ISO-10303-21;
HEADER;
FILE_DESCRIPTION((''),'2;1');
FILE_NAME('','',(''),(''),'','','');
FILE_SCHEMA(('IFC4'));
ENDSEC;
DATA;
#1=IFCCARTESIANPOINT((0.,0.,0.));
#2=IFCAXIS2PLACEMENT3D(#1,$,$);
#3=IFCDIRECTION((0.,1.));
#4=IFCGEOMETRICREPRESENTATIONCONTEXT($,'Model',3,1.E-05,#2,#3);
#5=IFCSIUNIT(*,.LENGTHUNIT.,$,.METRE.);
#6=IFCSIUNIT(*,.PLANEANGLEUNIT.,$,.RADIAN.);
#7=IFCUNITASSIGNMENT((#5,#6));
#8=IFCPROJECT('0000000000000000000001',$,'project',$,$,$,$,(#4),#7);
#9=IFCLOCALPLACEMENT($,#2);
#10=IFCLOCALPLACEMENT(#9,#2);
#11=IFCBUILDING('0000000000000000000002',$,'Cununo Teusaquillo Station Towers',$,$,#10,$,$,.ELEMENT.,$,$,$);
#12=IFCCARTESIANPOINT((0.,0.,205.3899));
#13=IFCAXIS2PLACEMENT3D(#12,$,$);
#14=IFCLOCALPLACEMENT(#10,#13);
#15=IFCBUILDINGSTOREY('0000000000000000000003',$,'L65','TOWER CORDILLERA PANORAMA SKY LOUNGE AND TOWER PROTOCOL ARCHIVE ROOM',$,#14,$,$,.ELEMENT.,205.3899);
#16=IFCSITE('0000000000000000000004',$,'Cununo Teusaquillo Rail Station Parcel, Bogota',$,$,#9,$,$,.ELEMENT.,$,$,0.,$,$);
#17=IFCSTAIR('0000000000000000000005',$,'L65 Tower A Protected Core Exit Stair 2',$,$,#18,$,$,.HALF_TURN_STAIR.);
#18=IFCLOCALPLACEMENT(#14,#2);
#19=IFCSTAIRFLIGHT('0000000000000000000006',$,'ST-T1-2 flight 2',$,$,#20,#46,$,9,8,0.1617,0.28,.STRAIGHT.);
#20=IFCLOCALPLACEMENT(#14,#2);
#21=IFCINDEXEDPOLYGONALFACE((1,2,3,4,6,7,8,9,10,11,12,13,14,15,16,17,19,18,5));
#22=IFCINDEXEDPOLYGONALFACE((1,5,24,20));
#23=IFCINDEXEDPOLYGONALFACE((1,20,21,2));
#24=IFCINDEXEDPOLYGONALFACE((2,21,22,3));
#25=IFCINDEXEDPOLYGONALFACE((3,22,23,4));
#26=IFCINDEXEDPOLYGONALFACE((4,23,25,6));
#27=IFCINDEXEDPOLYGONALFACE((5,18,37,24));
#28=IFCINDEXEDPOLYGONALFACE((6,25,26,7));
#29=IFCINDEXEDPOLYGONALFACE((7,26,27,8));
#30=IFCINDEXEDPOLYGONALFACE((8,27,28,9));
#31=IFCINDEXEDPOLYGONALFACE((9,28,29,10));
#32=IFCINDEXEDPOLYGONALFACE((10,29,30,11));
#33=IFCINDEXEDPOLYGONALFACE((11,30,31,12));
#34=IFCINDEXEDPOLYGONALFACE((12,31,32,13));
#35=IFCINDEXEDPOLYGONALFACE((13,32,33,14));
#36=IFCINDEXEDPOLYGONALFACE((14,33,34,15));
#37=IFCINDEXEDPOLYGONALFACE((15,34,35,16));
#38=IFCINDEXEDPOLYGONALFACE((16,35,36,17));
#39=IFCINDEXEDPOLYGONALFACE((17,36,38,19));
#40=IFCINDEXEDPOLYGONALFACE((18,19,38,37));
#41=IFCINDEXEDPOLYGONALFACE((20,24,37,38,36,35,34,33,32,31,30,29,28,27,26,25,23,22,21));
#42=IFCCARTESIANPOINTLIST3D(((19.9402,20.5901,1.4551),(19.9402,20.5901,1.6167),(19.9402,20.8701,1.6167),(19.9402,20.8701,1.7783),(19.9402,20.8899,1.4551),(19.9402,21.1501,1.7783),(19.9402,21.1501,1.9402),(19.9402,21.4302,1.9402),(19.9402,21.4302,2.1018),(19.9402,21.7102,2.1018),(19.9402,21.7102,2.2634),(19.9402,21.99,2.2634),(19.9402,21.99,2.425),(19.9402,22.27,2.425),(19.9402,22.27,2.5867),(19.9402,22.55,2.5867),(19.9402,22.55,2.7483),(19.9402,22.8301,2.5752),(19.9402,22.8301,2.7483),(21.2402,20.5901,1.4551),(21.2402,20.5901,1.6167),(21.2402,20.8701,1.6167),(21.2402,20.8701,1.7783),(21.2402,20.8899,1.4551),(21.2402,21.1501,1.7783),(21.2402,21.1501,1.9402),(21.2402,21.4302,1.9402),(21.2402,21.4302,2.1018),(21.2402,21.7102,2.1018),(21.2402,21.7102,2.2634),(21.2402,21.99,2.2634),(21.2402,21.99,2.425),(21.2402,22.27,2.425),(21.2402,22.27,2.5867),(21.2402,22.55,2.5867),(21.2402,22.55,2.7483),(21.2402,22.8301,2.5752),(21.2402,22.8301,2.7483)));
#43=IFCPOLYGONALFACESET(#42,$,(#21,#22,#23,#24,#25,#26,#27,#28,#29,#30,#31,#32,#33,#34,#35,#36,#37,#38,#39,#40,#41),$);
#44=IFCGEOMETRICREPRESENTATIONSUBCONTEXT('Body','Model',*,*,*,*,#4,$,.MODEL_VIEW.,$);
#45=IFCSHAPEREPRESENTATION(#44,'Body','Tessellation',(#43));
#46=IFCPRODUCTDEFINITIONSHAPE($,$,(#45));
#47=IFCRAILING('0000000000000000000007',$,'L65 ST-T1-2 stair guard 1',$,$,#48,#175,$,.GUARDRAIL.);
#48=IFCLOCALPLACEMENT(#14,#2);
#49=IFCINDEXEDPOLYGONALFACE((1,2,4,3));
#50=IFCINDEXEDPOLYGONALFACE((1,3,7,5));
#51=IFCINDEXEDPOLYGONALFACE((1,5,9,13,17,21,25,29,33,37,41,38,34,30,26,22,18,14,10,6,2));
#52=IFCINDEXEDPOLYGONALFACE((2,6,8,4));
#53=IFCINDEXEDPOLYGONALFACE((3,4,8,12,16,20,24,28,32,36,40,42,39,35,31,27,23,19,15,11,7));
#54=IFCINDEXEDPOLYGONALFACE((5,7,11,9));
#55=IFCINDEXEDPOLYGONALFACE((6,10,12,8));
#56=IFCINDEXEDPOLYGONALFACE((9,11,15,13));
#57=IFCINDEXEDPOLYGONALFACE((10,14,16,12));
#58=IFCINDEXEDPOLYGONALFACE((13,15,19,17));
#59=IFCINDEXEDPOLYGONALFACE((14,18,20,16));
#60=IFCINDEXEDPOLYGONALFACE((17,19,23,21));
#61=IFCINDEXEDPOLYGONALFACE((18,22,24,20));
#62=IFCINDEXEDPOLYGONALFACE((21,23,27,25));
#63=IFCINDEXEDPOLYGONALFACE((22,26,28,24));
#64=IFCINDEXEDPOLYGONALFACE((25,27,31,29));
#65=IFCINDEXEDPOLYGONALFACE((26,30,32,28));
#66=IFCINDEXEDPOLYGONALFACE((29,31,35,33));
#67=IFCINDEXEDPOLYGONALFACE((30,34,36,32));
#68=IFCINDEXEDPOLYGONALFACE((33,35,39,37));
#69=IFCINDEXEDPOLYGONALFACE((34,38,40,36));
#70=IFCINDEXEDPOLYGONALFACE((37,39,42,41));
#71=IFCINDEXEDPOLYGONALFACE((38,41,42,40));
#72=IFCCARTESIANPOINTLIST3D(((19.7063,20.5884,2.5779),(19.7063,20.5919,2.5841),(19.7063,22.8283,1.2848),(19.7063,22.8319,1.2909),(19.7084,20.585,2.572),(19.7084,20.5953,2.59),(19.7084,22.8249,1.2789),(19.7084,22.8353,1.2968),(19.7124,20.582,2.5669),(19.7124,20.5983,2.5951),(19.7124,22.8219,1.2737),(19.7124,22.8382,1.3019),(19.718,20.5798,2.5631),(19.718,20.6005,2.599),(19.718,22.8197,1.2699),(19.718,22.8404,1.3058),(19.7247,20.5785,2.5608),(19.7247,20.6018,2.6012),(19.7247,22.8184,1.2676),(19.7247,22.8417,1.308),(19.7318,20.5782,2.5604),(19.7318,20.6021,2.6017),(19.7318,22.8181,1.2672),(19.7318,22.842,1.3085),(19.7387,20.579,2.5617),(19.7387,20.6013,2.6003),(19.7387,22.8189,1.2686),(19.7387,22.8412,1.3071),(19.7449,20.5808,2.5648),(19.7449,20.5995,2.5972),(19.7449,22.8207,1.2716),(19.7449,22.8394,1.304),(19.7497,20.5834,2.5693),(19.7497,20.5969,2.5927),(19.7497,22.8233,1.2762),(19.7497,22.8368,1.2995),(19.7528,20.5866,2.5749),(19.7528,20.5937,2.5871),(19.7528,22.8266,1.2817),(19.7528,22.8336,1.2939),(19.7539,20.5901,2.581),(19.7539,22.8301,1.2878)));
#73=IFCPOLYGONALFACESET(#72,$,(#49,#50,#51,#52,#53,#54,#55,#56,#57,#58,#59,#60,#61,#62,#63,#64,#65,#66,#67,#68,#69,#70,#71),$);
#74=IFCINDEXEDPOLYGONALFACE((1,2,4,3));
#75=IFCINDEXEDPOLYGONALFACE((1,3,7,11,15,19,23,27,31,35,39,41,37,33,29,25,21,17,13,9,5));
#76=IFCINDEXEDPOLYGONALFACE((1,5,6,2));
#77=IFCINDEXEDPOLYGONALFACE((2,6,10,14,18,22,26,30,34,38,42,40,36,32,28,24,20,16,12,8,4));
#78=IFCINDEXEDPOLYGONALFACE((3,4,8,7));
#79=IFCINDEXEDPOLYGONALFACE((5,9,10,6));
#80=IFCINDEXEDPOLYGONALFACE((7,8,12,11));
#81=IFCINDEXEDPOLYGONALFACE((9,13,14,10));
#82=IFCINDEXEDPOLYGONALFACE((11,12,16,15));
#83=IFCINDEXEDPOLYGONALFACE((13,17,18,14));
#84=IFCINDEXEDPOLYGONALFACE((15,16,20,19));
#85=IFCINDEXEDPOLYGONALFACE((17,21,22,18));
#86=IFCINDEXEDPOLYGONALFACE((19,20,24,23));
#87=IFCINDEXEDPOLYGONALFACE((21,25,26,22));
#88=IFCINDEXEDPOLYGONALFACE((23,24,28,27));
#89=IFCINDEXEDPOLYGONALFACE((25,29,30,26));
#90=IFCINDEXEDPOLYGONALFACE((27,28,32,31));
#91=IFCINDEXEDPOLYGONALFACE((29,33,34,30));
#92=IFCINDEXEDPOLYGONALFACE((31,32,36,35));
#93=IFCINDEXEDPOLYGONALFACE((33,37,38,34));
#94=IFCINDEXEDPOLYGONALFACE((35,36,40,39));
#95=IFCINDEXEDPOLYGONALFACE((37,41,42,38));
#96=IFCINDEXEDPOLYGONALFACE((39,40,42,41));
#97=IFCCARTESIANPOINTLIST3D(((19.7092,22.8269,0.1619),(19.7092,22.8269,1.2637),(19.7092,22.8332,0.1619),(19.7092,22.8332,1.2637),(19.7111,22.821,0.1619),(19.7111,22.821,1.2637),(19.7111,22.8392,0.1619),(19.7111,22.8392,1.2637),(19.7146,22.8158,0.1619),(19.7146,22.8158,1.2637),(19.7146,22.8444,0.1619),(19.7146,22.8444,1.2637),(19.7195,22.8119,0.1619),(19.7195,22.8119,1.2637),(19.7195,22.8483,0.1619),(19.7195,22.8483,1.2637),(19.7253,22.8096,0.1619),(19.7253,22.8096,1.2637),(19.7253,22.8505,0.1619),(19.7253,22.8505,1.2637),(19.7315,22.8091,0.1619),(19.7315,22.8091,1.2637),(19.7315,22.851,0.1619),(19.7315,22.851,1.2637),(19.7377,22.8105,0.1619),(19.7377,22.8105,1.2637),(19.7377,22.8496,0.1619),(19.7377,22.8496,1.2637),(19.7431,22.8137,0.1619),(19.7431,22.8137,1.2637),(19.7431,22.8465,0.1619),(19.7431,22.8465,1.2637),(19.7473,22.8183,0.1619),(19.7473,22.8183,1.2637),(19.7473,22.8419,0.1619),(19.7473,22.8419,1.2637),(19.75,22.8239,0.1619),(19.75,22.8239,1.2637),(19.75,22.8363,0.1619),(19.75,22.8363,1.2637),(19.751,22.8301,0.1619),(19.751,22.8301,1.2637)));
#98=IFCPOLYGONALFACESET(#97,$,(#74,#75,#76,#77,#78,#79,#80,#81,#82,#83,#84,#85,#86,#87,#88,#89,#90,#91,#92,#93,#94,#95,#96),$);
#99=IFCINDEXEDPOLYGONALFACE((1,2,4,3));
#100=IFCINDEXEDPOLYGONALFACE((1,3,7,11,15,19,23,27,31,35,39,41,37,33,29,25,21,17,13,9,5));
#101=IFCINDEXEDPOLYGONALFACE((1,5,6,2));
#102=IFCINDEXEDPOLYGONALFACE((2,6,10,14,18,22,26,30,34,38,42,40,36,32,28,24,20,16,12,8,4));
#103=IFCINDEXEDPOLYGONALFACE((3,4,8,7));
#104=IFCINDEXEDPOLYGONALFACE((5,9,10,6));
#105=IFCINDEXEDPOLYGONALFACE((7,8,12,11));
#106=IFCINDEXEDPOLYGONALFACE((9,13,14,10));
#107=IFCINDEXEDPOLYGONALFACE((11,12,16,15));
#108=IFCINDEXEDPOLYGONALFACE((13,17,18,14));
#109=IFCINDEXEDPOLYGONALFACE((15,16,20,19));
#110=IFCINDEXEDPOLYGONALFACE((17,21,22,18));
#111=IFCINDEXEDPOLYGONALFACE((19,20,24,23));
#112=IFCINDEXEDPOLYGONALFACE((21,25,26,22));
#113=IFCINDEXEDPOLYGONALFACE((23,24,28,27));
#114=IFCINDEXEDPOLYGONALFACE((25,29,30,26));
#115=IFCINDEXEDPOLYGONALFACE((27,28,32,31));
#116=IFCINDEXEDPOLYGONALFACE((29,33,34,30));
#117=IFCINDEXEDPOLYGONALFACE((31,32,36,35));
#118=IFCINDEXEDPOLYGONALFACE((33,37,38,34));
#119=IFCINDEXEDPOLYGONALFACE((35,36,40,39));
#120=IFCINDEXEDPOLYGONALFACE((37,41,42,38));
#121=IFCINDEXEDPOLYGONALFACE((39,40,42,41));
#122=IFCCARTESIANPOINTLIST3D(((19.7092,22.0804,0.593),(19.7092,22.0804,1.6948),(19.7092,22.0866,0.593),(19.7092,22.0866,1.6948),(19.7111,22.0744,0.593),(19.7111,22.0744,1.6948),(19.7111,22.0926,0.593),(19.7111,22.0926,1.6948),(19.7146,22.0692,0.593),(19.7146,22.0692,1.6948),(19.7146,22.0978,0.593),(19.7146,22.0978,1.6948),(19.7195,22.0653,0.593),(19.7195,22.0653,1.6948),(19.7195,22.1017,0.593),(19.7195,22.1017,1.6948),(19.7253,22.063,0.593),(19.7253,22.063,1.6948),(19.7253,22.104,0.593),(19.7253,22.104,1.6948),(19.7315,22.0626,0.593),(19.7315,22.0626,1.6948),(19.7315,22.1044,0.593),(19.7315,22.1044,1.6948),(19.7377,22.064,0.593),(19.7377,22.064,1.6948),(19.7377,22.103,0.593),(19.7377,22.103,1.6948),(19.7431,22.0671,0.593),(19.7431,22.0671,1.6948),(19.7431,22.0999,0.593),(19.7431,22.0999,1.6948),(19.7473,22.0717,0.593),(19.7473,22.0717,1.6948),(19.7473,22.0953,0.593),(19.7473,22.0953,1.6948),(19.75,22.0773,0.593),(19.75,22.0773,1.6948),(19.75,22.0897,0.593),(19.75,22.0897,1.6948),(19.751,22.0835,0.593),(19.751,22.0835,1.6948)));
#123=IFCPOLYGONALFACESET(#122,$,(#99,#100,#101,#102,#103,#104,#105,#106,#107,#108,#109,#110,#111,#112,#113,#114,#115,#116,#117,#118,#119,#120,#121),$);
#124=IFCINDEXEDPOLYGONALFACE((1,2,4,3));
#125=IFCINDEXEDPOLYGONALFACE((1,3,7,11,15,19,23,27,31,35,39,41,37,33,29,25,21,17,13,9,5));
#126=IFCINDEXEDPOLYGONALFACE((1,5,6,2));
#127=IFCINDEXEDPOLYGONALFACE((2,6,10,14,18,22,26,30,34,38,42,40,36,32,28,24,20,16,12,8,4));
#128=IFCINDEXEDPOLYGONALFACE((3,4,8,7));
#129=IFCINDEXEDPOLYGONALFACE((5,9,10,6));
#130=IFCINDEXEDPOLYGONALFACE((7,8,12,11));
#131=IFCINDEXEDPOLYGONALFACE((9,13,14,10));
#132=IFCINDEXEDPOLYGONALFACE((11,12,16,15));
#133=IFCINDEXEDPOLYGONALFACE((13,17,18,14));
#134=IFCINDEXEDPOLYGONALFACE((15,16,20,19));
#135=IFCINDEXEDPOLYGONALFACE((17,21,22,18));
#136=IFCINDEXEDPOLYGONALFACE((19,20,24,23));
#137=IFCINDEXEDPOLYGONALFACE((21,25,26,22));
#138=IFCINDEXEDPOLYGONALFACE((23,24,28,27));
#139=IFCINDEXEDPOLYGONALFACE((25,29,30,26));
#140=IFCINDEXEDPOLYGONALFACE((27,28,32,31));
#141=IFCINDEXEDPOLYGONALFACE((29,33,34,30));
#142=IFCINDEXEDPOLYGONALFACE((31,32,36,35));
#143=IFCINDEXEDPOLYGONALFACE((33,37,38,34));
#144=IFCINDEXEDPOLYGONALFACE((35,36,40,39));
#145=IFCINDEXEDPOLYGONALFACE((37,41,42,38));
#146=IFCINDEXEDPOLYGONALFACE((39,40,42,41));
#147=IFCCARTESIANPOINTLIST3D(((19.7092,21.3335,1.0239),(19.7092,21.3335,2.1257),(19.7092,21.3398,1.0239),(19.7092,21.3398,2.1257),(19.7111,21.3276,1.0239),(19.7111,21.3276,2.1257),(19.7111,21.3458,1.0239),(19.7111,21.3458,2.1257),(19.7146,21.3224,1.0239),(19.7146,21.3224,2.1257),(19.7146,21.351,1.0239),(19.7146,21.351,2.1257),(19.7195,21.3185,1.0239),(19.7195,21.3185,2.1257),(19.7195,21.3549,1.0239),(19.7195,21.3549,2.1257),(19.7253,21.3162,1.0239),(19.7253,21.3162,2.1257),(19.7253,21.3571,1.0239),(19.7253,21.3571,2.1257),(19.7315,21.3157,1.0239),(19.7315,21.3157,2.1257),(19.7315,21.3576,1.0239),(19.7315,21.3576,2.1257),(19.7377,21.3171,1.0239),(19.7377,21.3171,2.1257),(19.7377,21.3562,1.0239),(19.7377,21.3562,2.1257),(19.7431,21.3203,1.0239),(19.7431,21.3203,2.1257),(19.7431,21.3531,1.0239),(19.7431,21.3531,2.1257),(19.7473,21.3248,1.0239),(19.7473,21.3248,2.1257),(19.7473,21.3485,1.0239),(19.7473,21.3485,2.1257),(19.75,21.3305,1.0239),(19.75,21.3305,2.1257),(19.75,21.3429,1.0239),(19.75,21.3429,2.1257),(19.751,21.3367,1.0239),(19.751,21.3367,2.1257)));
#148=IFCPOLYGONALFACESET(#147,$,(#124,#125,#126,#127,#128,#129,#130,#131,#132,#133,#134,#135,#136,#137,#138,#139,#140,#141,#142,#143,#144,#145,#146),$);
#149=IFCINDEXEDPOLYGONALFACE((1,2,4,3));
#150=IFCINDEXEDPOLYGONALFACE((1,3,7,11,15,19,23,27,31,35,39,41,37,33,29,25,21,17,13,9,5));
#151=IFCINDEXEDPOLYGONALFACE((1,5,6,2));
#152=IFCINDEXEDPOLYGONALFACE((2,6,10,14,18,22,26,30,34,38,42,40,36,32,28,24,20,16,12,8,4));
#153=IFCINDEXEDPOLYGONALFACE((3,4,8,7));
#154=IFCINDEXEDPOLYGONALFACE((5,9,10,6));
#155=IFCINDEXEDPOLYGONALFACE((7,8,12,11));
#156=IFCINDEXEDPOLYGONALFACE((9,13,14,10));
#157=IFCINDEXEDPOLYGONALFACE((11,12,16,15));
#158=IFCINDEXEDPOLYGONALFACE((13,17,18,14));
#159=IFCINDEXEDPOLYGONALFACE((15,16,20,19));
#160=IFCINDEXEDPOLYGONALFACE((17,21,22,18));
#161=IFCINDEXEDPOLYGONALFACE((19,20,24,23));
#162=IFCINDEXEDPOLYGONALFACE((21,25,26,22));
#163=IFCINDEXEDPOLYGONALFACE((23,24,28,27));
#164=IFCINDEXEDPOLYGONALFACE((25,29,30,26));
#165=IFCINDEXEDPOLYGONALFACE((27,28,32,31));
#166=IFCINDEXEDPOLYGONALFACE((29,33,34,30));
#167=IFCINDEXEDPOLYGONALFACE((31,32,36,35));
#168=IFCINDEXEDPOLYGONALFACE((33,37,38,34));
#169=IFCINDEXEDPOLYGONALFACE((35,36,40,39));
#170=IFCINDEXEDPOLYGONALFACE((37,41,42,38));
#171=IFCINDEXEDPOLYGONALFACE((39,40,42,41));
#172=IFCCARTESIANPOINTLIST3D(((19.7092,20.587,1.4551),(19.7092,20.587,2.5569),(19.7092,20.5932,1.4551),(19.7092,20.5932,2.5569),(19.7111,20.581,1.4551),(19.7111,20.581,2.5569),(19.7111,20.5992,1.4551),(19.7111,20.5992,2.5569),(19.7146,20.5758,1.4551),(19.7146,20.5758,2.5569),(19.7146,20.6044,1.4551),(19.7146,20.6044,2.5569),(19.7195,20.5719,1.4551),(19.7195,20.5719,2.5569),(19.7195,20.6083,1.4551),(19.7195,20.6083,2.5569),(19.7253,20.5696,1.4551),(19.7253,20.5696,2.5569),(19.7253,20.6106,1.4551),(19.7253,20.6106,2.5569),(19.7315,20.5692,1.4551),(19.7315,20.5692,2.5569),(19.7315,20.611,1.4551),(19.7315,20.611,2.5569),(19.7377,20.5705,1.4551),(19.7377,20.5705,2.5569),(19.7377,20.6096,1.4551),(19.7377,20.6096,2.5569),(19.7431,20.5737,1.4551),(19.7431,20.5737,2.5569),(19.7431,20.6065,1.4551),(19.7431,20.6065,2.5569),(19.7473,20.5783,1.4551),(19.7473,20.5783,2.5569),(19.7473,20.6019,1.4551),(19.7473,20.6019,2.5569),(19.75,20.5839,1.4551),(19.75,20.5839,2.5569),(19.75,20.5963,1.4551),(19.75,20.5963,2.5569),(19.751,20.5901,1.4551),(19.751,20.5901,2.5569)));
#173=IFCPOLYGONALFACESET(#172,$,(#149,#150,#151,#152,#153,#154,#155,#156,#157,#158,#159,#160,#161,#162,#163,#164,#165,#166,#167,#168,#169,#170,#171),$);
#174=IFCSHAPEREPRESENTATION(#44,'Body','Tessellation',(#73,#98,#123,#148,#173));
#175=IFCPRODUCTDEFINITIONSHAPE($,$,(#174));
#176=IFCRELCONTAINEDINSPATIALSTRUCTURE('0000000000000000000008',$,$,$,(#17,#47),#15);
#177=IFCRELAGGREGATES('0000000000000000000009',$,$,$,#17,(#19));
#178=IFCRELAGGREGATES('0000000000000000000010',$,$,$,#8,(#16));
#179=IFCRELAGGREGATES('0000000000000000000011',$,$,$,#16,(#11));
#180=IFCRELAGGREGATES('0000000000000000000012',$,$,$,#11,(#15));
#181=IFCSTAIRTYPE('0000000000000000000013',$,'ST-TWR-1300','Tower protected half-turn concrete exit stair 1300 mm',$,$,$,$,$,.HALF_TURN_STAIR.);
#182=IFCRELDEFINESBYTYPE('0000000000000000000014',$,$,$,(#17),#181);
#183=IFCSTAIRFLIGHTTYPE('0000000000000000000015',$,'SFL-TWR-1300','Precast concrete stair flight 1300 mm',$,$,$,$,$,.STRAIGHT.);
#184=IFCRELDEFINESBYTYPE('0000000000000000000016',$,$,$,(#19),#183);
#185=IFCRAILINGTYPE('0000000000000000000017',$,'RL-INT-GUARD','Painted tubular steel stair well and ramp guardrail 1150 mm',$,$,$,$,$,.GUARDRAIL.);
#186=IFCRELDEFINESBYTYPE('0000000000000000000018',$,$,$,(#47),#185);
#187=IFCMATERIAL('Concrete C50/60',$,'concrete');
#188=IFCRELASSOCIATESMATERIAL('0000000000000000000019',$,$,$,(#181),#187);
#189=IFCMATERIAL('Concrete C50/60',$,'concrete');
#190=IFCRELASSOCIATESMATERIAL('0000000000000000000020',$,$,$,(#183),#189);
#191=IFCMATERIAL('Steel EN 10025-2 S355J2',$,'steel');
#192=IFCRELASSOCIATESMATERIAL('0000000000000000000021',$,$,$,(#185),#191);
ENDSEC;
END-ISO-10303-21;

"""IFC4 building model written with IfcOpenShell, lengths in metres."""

from ifc_helpers import new_model, si_unit, direction, frame, origin, origin_2d, place, context, subcontext, project, spatial, polyline, circle, outline, extrude, material, type_object, element, aggregate, save


model = new_model("IFC4")

# Units and contexts
model_context = context("Model", 3, precision=1e-05, world=origin(), true_north=direction((0.0, 1.0)))
body_context = subcontext(model_context, "Body", "Model", "MODEL_VIEW")
ifc_project = project(units=[si_unit("LENGTHUNIT", "METRE"), si_unit("PLANEANGLEUNIT", "RADIAN")], contexts=[model_context])

# Site, building, storey
site_placement = place(None, origin())
site = spatial("IfcSite", under=ifc_project, at=site_placement, Name="Cununo Teusaquillo Rail Station Parcel, Bogota", CompositionType="ELEMENT", RefElevation=0.0)
building_placement = place(site_placement, origin())
building = spatial("IfcBuilding", under=site, at=building_placement, Name="Cununo Teusaquillo Station Towers", CompositionType="ELEMENT")
storey_placement = place(building_placement, frame((0.0, 0.0, 205.3899)))
storey = spatial("IfcBuildingStorey", under=building, at=storey_placement, Name="L65", Description="TOWER CORDILLERA PANORAMA SKY LOUNGE AND TOWER PROTOCOL ARCHIVE ROOM", CompositionType="ELEMENT", Elevation=205.3899)

# Stair, stair flight
ifc_material_1 = material(Name="Concrete C50/60", Category="concrete")
stair_type = type_object("IfcStairType", Name="ST-TWR-1300", Description="Tower protected half-turn concrete exit stair 1300 mm", PredefinedType="HALF_TURN_STAIR", material=ifc_material_1)
stair_placement = place(storey_placement, origin())
stair = element("IfcStair", 1, at=stair_placement, inside=storey, type_object=stair_type, Name="L65 Tower A Protected Core Exit Stair 2", PredefinedType="HALF_TURN_STAIR")
ifc_material_2 = material(Name="Concrete C50/60", Category="concrete")
stair_flight_type = type_object("IfcStairFlightType", Name="SFL-TWR-1300", Description="Precast concrete stair flight 1300 mm", PredefinedType="STRAIGHT", material=ifc_material_2)
stair_flight_1_placement = place(storey_placement, frame((20.5901, 20.5901, 1.4551), z_axis=(0.0, 0.0, 1.0), x_axis=(0.0, 1.0, 0.0)))
stair_flight_1 = element("IfcStairFlight", 2, at=stair_flight_1_placement, type_object=stair_flight_type, Name="ST-T1-2 flight 2", NumberOfRisers=9, NumberOfTreads=8, PredefinedType="STRAIGHT", RiserHeight=0.1617, TreadLength=0.28, context=body_context, shape_type="SweptSolid", body=[
    extrude(outline(polyline([(0.0, 0.0), (0.0, 0.1616), (0.28, 0.1616), (0.28, 0.3232), (0.5601, 0.3232), (0.5601, 0.4851), (0.8401, 0.4851), (0.8401, 0.6467), (1.1201, 0.6467), (1.1201, 0.8083), (1.3999, 0.8083), (1.3999, 0.97), (1.6799, 0.97), (1.6799, 1.1316), (1.96, 1.1316), (1.96, 1.2932), (2.24, 1.2932), (2.24, 1.4551), (2.24, 1.1201), (0.2998, 0.0), (0.0, 0.0)])), frame((0.0, 0.6499, 0.0), z_axis=(0.0, -1.0, 0.0), x_axis=(1.0, 0.0, 0.0)), (0.0, 0.0, 1.0), 1.3),
])
aggregate(stair, [stair_flight_1])

# Railing
ifc_material_3 = material(Name="Steel EN 10025-2 S355J2", Category="steel")
railing_type_1 = type_object("IfcRailingType", Name="RL-INT-GUARD", Description="Painted tubular steel stair well and ramp guardrail 1150 mm", PredefinedType="GUARDRAIL", material=ifc_material_3)
railing_1_placement = place(storey_placement, frame((19.73, 22.8301, 0.1619)))
element("IfcRailing", 3, at=railing_1_placement, inside=storey, type_object=railing_type_1, Name="L65 ST-T1-2 stair guard 1", PredefinedType="GUARDRAIL", context=body_context, shape_type="SweptSolid", body=[
    extrude(circle(Radius=0.0239, at=origin_2d()), frame((0.0, 0.0, 1.126), z_axis=(0.0, -0.866033, 0.499987), x_axis=(1.0, 0.0, 0.0)), (0.0, 0.0, 1.0), 2.5864),
    extrude(circle(Radius=0.021, at=origin_2d()), origin(), (0.0, 0.0, 1.0), 1.1018),
    extrude(circle(Radius=0.021, at=origin_2d()), frame((0.0, -0.7466, 0.4312)), (0.0, 0.0, 1.0), 1.1018),
    extrude(circle(Radius=0.021, at=origin_2d()), frame((0.0, -1.4934, 0.8621)), (0.0, 0.0, 1.0), 1.1018),
    extrude(circle(Radius=0.021, at=origin_2d()), frame((0.0, -2.24, 1.2932)), (0.0, 0.0, 1.0), 1.1018),
])

save(model, "model.ifc")
